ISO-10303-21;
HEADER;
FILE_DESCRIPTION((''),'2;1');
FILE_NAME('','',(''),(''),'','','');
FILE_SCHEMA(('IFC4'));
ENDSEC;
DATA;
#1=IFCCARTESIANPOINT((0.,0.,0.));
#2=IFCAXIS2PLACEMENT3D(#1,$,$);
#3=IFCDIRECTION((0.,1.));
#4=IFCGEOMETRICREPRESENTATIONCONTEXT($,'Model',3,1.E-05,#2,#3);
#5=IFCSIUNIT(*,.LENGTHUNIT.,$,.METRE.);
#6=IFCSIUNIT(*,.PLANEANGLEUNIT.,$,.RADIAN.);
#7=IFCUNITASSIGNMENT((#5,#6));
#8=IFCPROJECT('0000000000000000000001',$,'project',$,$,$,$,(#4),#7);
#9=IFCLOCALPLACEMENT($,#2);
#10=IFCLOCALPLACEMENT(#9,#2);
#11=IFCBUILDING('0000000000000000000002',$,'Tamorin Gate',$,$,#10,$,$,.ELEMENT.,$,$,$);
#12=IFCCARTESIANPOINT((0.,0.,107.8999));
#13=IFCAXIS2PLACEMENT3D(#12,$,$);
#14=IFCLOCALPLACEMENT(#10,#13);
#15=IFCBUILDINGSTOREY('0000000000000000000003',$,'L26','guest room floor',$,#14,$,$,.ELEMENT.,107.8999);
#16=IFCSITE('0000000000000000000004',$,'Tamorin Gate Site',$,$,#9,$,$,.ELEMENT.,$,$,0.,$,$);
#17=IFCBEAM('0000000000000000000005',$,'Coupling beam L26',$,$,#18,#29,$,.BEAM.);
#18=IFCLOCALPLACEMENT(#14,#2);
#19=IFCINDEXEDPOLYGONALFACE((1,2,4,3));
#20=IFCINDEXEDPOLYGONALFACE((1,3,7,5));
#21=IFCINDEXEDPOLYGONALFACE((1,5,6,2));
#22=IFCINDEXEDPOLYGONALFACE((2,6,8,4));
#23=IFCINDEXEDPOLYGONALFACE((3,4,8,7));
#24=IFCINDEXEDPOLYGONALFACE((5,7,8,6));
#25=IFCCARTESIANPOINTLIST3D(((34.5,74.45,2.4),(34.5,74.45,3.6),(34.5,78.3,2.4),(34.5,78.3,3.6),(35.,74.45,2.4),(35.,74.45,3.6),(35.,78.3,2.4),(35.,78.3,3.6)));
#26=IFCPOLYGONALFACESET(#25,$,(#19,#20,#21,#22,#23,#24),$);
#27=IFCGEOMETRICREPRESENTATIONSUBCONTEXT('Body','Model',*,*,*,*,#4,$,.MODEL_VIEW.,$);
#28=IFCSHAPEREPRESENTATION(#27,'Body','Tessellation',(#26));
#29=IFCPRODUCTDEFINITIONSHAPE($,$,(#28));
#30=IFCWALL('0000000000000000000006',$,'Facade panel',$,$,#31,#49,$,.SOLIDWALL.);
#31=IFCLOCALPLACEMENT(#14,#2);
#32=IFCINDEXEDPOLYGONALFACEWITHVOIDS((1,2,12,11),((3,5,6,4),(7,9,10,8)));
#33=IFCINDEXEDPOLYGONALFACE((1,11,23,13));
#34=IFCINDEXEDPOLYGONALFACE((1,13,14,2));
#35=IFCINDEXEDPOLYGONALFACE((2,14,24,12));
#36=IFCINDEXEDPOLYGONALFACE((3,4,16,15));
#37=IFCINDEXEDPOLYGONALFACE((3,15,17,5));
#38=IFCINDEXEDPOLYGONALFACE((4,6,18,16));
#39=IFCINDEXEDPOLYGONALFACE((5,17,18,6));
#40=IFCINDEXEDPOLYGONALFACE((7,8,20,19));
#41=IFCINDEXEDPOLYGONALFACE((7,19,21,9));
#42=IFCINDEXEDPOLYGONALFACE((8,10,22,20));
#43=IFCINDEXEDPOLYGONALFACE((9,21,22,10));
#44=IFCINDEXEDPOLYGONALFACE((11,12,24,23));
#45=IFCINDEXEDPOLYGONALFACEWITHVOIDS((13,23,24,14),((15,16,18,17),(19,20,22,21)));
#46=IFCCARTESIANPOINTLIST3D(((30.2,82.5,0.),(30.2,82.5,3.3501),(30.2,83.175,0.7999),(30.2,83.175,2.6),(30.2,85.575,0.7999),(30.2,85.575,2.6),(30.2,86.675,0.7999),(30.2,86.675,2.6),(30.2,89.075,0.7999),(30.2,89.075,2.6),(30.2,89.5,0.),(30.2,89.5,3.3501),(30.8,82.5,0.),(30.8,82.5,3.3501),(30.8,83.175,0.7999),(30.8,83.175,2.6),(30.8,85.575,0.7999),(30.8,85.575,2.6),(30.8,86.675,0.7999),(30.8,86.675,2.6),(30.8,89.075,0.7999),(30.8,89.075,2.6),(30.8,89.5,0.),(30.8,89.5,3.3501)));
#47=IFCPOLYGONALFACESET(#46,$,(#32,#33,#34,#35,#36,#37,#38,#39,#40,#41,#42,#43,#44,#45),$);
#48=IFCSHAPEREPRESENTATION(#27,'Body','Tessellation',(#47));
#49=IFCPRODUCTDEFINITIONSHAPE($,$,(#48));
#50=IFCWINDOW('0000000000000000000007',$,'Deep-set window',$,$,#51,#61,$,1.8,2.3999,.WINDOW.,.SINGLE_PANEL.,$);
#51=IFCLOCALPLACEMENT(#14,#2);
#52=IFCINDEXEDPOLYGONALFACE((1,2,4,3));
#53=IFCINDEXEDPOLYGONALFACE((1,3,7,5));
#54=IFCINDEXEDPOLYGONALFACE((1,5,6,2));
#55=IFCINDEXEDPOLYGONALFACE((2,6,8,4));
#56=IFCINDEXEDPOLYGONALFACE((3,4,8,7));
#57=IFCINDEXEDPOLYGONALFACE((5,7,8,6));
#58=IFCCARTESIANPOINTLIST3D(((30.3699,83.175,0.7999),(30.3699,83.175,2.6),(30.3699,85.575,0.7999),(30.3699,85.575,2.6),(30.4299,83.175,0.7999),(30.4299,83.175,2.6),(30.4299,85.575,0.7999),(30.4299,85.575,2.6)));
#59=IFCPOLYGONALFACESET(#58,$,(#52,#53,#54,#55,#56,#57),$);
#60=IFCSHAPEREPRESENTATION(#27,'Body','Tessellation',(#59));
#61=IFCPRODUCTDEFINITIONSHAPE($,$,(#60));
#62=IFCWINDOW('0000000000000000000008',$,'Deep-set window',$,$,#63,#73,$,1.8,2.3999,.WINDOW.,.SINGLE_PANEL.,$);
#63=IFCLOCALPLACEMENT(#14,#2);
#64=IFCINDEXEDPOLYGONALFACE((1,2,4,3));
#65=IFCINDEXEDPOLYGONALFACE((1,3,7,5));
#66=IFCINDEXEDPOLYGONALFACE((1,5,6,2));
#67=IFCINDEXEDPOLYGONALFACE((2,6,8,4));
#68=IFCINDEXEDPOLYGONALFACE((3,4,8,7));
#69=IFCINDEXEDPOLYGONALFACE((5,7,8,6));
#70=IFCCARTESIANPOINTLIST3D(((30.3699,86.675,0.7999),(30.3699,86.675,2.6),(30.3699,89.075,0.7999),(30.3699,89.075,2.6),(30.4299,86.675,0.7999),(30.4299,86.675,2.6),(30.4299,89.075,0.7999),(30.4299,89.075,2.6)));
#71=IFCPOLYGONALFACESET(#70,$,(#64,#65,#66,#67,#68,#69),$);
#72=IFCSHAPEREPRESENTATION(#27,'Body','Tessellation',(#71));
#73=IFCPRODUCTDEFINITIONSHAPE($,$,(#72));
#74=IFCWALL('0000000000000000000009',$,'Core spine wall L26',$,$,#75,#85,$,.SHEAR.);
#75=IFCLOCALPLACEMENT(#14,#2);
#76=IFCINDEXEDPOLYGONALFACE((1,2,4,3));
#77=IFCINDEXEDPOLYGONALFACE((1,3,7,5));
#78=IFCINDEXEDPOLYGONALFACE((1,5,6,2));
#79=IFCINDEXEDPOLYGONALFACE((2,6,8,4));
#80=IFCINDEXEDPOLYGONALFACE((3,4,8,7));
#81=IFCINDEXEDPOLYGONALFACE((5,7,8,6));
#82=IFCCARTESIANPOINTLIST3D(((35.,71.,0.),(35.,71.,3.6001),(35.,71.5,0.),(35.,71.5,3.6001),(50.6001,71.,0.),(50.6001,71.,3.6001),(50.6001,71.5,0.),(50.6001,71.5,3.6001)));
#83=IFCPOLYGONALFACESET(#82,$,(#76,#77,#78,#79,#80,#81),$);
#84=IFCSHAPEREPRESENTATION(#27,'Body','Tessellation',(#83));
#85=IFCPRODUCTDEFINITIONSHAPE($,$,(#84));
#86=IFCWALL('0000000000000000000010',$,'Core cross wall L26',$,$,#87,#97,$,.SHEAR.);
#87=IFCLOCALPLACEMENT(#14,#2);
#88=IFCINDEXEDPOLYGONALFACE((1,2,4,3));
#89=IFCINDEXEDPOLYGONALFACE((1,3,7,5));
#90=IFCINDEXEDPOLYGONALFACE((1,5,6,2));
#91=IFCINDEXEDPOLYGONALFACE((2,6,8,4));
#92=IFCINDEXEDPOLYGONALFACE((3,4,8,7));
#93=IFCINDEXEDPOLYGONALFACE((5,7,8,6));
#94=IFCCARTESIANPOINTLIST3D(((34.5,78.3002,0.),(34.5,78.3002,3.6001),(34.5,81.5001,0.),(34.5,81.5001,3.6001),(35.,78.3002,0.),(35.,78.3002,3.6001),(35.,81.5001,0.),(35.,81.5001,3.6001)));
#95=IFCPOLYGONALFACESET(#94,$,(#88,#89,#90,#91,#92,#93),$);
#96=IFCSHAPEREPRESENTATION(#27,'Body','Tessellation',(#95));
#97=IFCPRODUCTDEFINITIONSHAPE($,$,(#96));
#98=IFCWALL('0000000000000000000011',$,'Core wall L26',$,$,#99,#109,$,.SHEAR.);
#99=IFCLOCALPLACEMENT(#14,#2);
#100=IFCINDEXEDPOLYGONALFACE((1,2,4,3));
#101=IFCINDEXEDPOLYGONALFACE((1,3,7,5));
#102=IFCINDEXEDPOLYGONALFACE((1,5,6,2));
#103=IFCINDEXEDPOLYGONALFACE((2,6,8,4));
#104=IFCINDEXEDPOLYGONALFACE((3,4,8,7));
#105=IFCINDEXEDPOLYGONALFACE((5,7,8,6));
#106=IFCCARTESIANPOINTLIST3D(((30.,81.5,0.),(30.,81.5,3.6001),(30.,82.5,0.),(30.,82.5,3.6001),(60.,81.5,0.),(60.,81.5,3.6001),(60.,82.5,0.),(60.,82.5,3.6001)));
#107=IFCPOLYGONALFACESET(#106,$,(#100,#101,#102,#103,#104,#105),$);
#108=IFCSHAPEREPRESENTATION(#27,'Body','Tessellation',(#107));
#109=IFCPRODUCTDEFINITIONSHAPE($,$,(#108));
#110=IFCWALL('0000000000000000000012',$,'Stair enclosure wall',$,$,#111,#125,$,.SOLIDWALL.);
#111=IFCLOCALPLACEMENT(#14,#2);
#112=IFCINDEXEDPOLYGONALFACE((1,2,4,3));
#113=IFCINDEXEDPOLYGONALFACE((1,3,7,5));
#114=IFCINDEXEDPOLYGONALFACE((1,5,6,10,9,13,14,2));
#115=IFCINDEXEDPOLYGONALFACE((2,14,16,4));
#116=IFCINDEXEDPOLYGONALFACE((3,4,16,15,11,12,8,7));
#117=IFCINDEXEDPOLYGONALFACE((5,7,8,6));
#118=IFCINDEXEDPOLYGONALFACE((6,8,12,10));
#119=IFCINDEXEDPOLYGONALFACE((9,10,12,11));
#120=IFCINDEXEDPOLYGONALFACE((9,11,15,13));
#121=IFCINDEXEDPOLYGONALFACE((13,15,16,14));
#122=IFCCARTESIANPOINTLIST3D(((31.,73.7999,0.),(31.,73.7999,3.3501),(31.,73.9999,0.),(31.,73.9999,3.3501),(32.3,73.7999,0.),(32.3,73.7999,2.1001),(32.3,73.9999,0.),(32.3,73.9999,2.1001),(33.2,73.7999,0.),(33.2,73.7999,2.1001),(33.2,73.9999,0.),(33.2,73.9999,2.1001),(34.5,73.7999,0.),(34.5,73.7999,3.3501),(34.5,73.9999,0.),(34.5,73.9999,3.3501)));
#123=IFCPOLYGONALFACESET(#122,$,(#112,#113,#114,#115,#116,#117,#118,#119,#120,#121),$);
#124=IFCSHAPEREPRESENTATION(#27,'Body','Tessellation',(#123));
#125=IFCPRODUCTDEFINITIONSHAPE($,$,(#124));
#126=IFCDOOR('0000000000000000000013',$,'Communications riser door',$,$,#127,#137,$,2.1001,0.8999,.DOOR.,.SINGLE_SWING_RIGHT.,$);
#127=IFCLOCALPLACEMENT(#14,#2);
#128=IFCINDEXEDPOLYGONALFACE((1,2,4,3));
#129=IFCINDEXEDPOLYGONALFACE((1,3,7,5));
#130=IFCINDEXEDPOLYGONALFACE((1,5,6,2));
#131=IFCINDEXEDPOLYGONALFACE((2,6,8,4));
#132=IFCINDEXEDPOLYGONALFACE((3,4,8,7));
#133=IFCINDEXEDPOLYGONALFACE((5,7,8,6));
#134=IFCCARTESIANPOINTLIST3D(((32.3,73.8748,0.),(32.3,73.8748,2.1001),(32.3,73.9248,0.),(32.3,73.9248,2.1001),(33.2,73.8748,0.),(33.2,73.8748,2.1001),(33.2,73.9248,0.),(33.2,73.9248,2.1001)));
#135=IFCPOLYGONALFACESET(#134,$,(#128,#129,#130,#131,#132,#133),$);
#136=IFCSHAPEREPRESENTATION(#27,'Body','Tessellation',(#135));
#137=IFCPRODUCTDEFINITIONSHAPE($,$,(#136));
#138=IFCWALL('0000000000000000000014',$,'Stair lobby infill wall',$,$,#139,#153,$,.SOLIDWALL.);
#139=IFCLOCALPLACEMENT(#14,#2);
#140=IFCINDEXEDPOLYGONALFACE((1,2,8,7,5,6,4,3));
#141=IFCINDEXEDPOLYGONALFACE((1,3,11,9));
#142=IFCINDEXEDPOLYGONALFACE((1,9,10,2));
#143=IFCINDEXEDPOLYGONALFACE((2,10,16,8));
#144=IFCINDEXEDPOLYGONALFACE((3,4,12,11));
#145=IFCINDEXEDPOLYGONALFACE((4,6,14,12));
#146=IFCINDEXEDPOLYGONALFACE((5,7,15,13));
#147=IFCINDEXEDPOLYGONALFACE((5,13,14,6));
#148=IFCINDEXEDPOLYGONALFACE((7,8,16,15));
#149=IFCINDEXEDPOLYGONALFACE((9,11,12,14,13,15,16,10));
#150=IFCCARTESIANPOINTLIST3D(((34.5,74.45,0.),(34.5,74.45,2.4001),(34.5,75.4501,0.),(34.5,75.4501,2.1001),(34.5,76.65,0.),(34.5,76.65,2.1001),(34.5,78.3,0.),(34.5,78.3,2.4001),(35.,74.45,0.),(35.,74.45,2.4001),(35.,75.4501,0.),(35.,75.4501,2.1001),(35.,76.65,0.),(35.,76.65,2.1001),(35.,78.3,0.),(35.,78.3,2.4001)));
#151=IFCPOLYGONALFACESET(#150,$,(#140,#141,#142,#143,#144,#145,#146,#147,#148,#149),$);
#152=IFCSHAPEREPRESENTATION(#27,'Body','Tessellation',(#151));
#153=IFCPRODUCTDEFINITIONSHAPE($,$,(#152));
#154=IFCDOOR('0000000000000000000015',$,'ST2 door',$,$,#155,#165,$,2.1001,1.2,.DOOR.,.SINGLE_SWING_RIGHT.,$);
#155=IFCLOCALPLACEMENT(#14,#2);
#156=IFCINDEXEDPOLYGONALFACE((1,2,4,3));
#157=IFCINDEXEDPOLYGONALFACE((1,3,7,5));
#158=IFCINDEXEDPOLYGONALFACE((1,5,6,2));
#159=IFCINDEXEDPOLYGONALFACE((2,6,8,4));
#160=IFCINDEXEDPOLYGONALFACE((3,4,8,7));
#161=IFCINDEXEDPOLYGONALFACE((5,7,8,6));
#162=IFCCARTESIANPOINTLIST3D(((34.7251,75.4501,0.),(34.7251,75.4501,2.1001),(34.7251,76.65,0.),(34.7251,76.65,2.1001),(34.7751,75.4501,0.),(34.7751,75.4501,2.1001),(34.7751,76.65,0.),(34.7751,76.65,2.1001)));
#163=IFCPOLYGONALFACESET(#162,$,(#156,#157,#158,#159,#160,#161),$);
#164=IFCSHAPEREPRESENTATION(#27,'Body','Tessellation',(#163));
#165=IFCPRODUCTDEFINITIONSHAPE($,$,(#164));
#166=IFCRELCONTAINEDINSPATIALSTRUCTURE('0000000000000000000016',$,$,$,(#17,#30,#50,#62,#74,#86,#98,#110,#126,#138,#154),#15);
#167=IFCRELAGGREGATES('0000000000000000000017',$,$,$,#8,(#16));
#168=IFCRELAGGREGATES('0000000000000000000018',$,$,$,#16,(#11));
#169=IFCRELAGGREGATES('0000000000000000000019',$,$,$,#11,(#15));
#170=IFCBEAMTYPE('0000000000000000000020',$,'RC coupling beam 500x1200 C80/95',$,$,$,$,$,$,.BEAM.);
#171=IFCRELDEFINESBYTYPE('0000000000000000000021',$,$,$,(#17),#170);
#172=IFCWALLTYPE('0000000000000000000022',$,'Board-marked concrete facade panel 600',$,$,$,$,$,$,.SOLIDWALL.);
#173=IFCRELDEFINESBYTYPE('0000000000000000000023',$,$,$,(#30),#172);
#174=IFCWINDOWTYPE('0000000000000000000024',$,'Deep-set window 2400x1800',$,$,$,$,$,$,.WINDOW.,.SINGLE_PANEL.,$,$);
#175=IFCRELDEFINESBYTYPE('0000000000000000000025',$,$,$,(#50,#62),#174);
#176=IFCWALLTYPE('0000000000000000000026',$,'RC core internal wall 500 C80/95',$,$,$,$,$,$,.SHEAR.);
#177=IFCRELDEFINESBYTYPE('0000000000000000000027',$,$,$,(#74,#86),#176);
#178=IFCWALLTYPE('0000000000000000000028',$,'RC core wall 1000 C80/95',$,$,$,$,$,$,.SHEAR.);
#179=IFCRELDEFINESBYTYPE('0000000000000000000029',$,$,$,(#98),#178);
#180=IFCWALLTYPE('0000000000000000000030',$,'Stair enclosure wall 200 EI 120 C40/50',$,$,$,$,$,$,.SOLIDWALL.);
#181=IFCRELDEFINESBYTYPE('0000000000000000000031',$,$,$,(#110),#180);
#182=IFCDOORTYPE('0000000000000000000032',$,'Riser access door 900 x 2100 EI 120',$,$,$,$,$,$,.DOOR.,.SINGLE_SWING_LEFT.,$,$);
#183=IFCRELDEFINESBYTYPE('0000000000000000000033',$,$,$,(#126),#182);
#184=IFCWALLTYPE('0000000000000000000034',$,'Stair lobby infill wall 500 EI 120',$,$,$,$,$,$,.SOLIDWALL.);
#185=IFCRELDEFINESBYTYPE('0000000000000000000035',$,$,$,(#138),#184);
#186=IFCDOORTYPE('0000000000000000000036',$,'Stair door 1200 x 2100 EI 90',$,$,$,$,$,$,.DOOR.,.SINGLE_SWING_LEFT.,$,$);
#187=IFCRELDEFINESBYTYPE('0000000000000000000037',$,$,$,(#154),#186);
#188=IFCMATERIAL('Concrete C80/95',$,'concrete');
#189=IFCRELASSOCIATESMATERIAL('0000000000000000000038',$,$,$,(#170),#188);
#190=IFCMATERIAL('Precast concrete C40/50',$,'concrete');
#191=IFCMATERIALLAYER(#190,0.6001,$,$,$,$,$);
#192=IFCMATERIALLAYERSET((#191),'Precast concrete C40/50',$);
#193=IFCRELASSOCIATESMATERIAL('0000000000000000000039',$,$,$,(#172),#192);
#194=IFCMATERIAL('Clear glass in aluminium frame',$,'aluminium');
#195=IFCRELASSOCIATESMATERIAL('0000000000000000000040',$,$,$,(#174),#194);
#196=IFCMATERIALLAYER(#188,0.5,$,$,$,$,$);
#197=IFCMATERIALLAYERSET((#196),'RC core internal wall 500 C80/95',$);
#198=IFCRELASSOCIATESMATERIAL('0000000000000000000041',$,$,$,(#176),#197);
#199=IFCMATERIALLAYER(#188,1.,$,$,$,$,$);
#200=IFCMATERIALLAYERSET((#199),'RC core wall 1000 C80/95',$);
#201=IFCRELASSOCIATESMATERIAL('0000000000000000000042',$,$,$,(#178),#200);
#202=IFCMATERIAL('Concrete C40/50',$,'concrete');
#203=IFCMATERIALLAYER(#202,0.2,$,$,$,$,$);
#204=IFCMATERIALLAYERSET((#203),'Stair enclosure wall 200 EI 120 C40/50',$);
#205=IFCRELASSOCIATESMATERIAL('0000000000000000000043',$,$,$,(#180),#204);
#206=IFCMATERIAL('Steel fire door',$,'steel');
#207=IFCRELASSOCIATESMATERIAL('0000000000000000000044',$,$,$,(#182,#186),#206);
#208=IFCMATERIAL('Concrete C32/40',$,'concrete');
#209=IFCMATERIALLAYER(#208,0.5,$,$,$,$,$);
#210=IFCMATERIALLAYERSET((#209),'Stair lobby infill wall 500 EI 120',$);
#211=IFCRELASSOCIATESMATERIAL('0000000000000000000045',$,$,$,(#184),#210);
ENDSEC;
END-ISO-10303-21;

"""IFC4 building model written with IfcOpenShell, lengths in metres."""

from ifc_helpers import new_model, si_unit, direction, frame, frame_2d, origin, origin_2d, place, context, subcontext, project, spatial, rectangle, extrude, material, layer, layer_set, material_profile, profile_set, type_object, element, fill, save


model = new_model("IFC4")

# Units and contexts
model_context = context("Model", 3, precision=1e-05, world=origin(), true_north=direction((0.0, 1.0)))
body_context = subcontext(model_context, "Body", "Model", "MODEL_VIEW")
ifc_project = project(units=[si_unit("LENGTHUNIT", "METRE"), si_unit("PLANEANGLEUNIT", "RADIAN")], contexts=[model_context])

# Site, building, storey
site_placement = place(None, origin())
site = spatial("IfcSite", under=ifc_project, at=site_placement, Name="Tamorin Gate Site", CompositionType="ELEMENT", RefElevation=0.0)
building_placement = place(site_placement, origin())
building = spatial("IfcBuilding", under=site, at=building_placement, Name="Tamorin Gate", CompositionType="ELEMENT")
storey_placement = place(building_placement, frame((0.0, 0.0, 107.8999)))
storey = spatial("IfcBuildingStorey", under=building, at=storey_placement, Name="L26", Description="guest room floor", CompositionType="ELEMENT", Elevation=107.8999)

# Beam
ifc_material_1 = material(Name="Concrete C80/95", Category="concrete")
ifc_material_profile = material_profile(ifc_material_1, rectangle(XDim=0.5, YDim=1.2, at=origin_2d()), Name="RC 500x1200")
ifc_profile_set = profile_set([ifc_material_profile], Name="Concrete C80/95")
beam_type = type_object("IfcBeamType", Name="RC coupling beam 500x1200 C80/95", PredefinedType="BEAM", material=ifc_profile_set)
beam_placement = place(storey_placement, frame((34.75, 74.45, 3.0), z_axis=(0.0, 1.0, 0.0), x_axis=(-1.0, 0.0, 0.0)))
element("IfcBeam", 1, at=beam_placement, inside=storey, type_object=beam_type, Name="Coupling beam L26", PredefinedType="BEAM", context=body_context, shape_type="SweptSolid", body=[
    extrude(rectangle(XDim=0.5, YDim=1.2, at=origin_2d()), origin(), (0.0, 0.0, 1.0), 3.8501),
])

# Wall, openings, windows
ifc_material_2 = material(Name="Precast concrete C40/50", Category="concrete")
ifc_layer_1 = layer(ifc_material_2, 0.6001)
ifc_layer_set_1 = layer_set([ifc_layer_1], Name="Precast concrete C40/50")
wall_type_1 = type_object("IfcWallType", Name="Board-marked concrete facade panel 600", PredefinedType="SOLIDWALL", material=ifc_layer_set_1)
wall_1_placement = place(storey_placement, frame((30.5, 89.5, 0.0), z_axis=(0.0, 0.0, 1.0), x_axis=(0.0, -1.0, 0.0)))
wall_1 = element("IfcWall", 2, at=wall_1_placement, inside=storey, type_object=wall_type_1, Name="Facade panel", PredefinedType="SOLIDWALL", context=body_context, shape_type="SweptSolid", body=[
    extrude(rectangle(XDim=7.0, YDim=0.6001, at=frame_2d((3.5, 0.0))), origin(), (0.0, 0.0, 1.0), 3.3501),
])
opening_1_placement = place(wall_1_placement, frame((3.925, 0.0, 0.8)))
opening_1 = element("IfcOpeningElement", 3, at=opening_1_placement, cuts=wall_1, PredefinedType="OPENING", context=body_context, shape_type="SweptSolid", body=[
    extrude(rectangle(XDim=2.3999, YDim=1.8, at=frame_2d((1.2, 0.8999))), frame((0.0, 0.3101, 0.0), z_axis=(0.0, -1.0, 0.0), x_axis=(1.0, 0.0, 0.0)), (0.0, 0.0, 1.0), 0.6201),
])
opening_2_placement = place(wall_1_placement, frame((0.425, 0.0, 0.8)))
opening_2 = element("IfcOpeningElement", 4, at=opening_2_placement, cuts=wall_1, PredefinedType="OPENING", context=body_context, shape_type="SweptSolid", body=[
    extrude(rectangle(XDim=2.3999, YDim=1.8, at=frame_2d((1.2, 0.8999))), frame((0.0, 0.3101, 0.0), z_axis=(0.0, -1.0, 0.0), x_axis=(1.0, 0.0, 0.0)), (0.0, 0.0, 1.0), 0.6201),
])
ifc_material_3 = material(Name="Clear glass in aluminium frame", Category="aluminium")
window_type = type_object("IfcWindowType", Name="Deep-set window 2400x1800", PartitioningType="SINGLE_PANEL", PredefinedType="WINDOW", material=ifc_material_3)
window_1_placement = place(opening_1_placement, origin())
window_1 = element("IfcWindow", 5, at=window_1_placement, inside=storey, type_object=window_type, Name="Deep-set window", OverallHeight=1.8, OverallWidth=2.3999, PartitioningType="SINGLE_PANEL", PredefinedType="WINDOW", context=body_context, shape_type="SweptSolid", body=[
    extrude(rectangle(XDim=2.3999, YDim=1.8, at=frame_2d((1.2, 0.8999))), frame((0.0, -0.0701, 0.0), z_axis=(0.0, -1.0, 0.0), x_axis=(1.0, 0.0, 0.0)), (0.0, 0.0, 1.0), 0.0601),
])
fill(opening_1, window_1)
window_2_placement = place(opening_2_placement, origin())
window_2 = element("IfcWindow", 6, at=window_2_placement, inside=storey, type_object=window_type, Name="Deep-set window", OverallHeight=1.8, OverallWidth=2.3999, PartitioningType="SINGLE_PANEL", PredefinedType="WINDOW", context=body_context, shape_type="SweptSolid", body=[
    extrude(rectangle(XDim=2.3999, YDim=1.8, at=frame_2d((1.2, 0.8999))), frame((0.0, -0.0701, 0.0), z_axis=(0.0, -1.0, 0.0), x_axis=(1.0, 0.0, 0.0)), (0.0, 0.0, 1.0), 0.0601),
])
fill(opening_2, window_2)

# Walls
ifc_layer_2 = layer(ifc_material_1, 0.5)
ifc_layer_set_2 = layer_set([ifc_layer_2], Name="RC core internal wall 500 C80/95")
wall_type_2 = type_object("IfcWallType", Name="RC core internal wall 500 C80/95", PredefinedType="SHEAR", material=ifc_layer_set_2)
wall_2_placement = place(storey_placement, frame((35.0, 71.25, 0.0), z_axis=(0.0, 0.0, 1.0), x_axis=(1.0, 0.0, 0.0)))
element("IfcWall", 7, at=wall_2_placement, inside=storey, type_object=wall_type_2, Name="Core spine wall L26", PredefinedType="SHEAR", context=body_context, shape_type="SweptSolid", body=[
    extrude(rectangle(XDim=15.6001, YDim=0.5, at=frame_2d((7.8, 0.0))), origin(), (0.0, 0.0, 1.0), 3.6001),
])
wall_3_placement = place(storey_placement, frame((34.75, 78.3, 0.0), z_axis=(0.0, 0.0, 1.0), x_axis=(0.0, 1.0, 0.0)))
element("IfcWall", 8, at=wall_3_placement, inside=storey, type_object=wall_type_2, Name="Core cross wall L26", PredefinedType="SHEAR", context=body_context, shape_type="SweptSolid", body=[
    extrude(rectangle(XDim=3.2, YDim=0.5, at=frame_2d((1.6001, 0.0))), origin(), (0.0, 0.0, 1.0), 3.6001),
])
ifc_layer_3 = layer(ifc_material_1, 1.0)
ifc_layer_set_3 = layer_set([ifc_layer_3], Name="RC core wall 1000 C80/95")
wall_type_3 = type_object("IfcWallType", Name="RC core wall 1000 C80/95", PredefinedType="SHEAR", material=ifc_layer_set_3)
wall_4_placement = place(storey_placement, frame((30.0, 82.0, 0.0), z_axis=(0.0, 0.0, 1.0), x_axis=(1.0, 0.0, 0.0)))
element("IfcWall", 9, at=wall_4_placement, inside=storey, type_object=wall_type_3, Name="Core wall L26", PredefinedType="SHEAR", context=body_context, shape_type="SweptSolid", body=[
    extrude(rectangle(XDim=30.0, YDim=1.0, at=frame_2d((15.0, 0.0))), origin(), (0.0, 0.0, 1.0), 3.6001),
])

# Walls, openings, doors
ifc_material_4 = material(Name="Concrete C40/50", Category="concrete")
ifc_layer_4 = layer(ifc_material_4, 0.2)
ifc_layer_set_4 = layer_set([ifc_layer_4], Name="Stair enclosure wall 200 EI 120 C40/50")
wall_type_4 = type_object("IfcWallType", Name="Stair enclosure wall 200 EI 120 C40/50", PredefinedType="SOLIDWALL", material=ifc_layer_set_4)
wall_5_placement = place(storey_placement, frame((31.0, 73.8999, 0.0), z_axis=(0.0, 0.0, 1.0), x_axis=(1.0, 0.0, 0.0)))
wall_5 = element("IfcWall", 10, at=wall_5_placement, inside=storey, type_object=wall_type_4, Name="Stair enclosure wall", PredefinedType="SOLIDWALL", context=body_context, shape_type="SweptSolid", body=[
    extrude(rectangle(XDim=3.5, YDim=0.2, at=frame_2d((1.75, 0.0))), origin(), (0.0, 0.0, 1.0), 3.3501),
])
opening_3_placement = place(wall_5_placement, frame((1.3, 0.0, 0.0)))
opening_3 = element("IfcOpeningElement", 11, at=opening_3_placement, cuts=wall_5, PredefinedType="OPENING", context=body_context, shape_type="SweptSolid", body=[
    extrude(rectangle(XDim=0.8999, YDim=2.1001, at=frame_2d((0.45, 1.05))), frame((0.0, 0.1099, 0.0), z_axis=(0.0, -1.0, 0.0), x_axis=(1.0, 0.0, 0.0)), (0.0, 0.0, 1.0), 0.22),
])
ifc_material_5 = material(Name="Steel fire door", Category="steel")
door_type_1 = type_object("IfcDoorType", Name="Riser access door 900 x 2100 EI 120", OperationType="SINGLE_SWING_LEFT", PredefinedType="DOOR", material=ifc_material_5)
door_1_placement = place(opening_3_placement, origin())
door_1 = element("IfcDoor", 12, at=door_1_placement, inside=storey, type_object=door_type_1, Name="Communications riser door", OperationType="SINGLE_SWING_RIGHT", OverallHeight=2.1001, OverallWidth=0.8999, PredefinedType="DOOR", context=body_context, shape_type="SweptSolid", body=[
    extrude(rectangle(XDim=0.8999, YDim=2.1001, at=frame_2d((0.45, 1.05))), frame((0.0, 0.0249, 0.0), z_axis=(0.0, -1.0, 0.0), x_axis=(1.0, 0.0, 0.0)), (0.0, 0.0, 1.0), 0.05),
])
fill(opening_3, door_1)
ifc_material_6 = material(Name="Concrete C32/40", Category="concrete")
ifc_layer_5 = layer(ifc_material_6, 0.5)
ifc_layer_set_5 = layer_set([ifc_layer_5], Name="Stair lobby infill wall 500 EI 120")
wall_type_5 = type_object("IfcWallType", Name="Stair lobby infill wall 500 EI 120", PredefinedType="SOLIDWALL", material=ifc_layer_set_5)
wall_6_placement = place(storey_placement, frame((34.75, 74.45, 0.0), z_axis=(0.0, 0.0, 1.0), x_axis=(0.0, 1.0, 0.0)))
wall_6 = element("IfcWall", 13, at=wall_6_placement, inside=storey, type_object=wall_type_5, Name="Stair lobby infill wall", PredefinedType="SOLIDWALL", context=body_context, shape_type="SweptSolid", body=[
    extrude(rectangle(XDim=3.8501, YDim=0.5, at=frame_2d((1.925, 0.0))), origin(), (0.0, 0.0, 1.0), 2.4001),
])
opening_4_placement = place(wall_6_placement, frame((1.0, 0.0, 0.0)))
opening_4 = element("IfcOpeningElement", 14, at=opening_4_placement, cuts=wall_6, PredefinedType="OPENING", context=body_context, shape_type="SweptSolid", body=[
    extrude(rectangle(XDim=1.2, YDim=2.1001, at=frame_2d((0.6001, 1.05))), frame((0.0, 0.26, 0.0), z_axis=(0.0, -1.0, 0.0), x_axis=(1.0, 0.0, 0.0)), (0.0, 0.0, 1.0), 0.52),
])
door_type_2 = type_object("IfcDoorType", Name="Stair door 1200 x 2100 EI 90", OperationType="SINGLE_SWING_LEFT", PredefinedType="DOOR", material=ifc_material_5)
door_2_placement = place(opening_4_placement, origin())
door_2 = element("IfcDoor", 15, at=door_2_placement, inside=storey, type_object=door_type_2, Name="ST2 door", OperationType="SINGLE_SWING_RIGHT", OverallHeight=2.1001, OverallWidth=1.2, PredefinedType="DOOR", context=body_context, shape_type="SweptSolid", body=[
    extrude(rectangle(XDim=1.2, YDim=2.1001, at=frame_2d((0.6001, 1.05))), frame((0.0, 0.0249, 0.0), z_axis=(0.0, -1.0, 0.0), x_axis=(1.0, 0.0, 0.0)), (0.0, 0.0, 1.0), 0.05),
])
fill(opening_4, door_2)

save(model, "model.ifc")
